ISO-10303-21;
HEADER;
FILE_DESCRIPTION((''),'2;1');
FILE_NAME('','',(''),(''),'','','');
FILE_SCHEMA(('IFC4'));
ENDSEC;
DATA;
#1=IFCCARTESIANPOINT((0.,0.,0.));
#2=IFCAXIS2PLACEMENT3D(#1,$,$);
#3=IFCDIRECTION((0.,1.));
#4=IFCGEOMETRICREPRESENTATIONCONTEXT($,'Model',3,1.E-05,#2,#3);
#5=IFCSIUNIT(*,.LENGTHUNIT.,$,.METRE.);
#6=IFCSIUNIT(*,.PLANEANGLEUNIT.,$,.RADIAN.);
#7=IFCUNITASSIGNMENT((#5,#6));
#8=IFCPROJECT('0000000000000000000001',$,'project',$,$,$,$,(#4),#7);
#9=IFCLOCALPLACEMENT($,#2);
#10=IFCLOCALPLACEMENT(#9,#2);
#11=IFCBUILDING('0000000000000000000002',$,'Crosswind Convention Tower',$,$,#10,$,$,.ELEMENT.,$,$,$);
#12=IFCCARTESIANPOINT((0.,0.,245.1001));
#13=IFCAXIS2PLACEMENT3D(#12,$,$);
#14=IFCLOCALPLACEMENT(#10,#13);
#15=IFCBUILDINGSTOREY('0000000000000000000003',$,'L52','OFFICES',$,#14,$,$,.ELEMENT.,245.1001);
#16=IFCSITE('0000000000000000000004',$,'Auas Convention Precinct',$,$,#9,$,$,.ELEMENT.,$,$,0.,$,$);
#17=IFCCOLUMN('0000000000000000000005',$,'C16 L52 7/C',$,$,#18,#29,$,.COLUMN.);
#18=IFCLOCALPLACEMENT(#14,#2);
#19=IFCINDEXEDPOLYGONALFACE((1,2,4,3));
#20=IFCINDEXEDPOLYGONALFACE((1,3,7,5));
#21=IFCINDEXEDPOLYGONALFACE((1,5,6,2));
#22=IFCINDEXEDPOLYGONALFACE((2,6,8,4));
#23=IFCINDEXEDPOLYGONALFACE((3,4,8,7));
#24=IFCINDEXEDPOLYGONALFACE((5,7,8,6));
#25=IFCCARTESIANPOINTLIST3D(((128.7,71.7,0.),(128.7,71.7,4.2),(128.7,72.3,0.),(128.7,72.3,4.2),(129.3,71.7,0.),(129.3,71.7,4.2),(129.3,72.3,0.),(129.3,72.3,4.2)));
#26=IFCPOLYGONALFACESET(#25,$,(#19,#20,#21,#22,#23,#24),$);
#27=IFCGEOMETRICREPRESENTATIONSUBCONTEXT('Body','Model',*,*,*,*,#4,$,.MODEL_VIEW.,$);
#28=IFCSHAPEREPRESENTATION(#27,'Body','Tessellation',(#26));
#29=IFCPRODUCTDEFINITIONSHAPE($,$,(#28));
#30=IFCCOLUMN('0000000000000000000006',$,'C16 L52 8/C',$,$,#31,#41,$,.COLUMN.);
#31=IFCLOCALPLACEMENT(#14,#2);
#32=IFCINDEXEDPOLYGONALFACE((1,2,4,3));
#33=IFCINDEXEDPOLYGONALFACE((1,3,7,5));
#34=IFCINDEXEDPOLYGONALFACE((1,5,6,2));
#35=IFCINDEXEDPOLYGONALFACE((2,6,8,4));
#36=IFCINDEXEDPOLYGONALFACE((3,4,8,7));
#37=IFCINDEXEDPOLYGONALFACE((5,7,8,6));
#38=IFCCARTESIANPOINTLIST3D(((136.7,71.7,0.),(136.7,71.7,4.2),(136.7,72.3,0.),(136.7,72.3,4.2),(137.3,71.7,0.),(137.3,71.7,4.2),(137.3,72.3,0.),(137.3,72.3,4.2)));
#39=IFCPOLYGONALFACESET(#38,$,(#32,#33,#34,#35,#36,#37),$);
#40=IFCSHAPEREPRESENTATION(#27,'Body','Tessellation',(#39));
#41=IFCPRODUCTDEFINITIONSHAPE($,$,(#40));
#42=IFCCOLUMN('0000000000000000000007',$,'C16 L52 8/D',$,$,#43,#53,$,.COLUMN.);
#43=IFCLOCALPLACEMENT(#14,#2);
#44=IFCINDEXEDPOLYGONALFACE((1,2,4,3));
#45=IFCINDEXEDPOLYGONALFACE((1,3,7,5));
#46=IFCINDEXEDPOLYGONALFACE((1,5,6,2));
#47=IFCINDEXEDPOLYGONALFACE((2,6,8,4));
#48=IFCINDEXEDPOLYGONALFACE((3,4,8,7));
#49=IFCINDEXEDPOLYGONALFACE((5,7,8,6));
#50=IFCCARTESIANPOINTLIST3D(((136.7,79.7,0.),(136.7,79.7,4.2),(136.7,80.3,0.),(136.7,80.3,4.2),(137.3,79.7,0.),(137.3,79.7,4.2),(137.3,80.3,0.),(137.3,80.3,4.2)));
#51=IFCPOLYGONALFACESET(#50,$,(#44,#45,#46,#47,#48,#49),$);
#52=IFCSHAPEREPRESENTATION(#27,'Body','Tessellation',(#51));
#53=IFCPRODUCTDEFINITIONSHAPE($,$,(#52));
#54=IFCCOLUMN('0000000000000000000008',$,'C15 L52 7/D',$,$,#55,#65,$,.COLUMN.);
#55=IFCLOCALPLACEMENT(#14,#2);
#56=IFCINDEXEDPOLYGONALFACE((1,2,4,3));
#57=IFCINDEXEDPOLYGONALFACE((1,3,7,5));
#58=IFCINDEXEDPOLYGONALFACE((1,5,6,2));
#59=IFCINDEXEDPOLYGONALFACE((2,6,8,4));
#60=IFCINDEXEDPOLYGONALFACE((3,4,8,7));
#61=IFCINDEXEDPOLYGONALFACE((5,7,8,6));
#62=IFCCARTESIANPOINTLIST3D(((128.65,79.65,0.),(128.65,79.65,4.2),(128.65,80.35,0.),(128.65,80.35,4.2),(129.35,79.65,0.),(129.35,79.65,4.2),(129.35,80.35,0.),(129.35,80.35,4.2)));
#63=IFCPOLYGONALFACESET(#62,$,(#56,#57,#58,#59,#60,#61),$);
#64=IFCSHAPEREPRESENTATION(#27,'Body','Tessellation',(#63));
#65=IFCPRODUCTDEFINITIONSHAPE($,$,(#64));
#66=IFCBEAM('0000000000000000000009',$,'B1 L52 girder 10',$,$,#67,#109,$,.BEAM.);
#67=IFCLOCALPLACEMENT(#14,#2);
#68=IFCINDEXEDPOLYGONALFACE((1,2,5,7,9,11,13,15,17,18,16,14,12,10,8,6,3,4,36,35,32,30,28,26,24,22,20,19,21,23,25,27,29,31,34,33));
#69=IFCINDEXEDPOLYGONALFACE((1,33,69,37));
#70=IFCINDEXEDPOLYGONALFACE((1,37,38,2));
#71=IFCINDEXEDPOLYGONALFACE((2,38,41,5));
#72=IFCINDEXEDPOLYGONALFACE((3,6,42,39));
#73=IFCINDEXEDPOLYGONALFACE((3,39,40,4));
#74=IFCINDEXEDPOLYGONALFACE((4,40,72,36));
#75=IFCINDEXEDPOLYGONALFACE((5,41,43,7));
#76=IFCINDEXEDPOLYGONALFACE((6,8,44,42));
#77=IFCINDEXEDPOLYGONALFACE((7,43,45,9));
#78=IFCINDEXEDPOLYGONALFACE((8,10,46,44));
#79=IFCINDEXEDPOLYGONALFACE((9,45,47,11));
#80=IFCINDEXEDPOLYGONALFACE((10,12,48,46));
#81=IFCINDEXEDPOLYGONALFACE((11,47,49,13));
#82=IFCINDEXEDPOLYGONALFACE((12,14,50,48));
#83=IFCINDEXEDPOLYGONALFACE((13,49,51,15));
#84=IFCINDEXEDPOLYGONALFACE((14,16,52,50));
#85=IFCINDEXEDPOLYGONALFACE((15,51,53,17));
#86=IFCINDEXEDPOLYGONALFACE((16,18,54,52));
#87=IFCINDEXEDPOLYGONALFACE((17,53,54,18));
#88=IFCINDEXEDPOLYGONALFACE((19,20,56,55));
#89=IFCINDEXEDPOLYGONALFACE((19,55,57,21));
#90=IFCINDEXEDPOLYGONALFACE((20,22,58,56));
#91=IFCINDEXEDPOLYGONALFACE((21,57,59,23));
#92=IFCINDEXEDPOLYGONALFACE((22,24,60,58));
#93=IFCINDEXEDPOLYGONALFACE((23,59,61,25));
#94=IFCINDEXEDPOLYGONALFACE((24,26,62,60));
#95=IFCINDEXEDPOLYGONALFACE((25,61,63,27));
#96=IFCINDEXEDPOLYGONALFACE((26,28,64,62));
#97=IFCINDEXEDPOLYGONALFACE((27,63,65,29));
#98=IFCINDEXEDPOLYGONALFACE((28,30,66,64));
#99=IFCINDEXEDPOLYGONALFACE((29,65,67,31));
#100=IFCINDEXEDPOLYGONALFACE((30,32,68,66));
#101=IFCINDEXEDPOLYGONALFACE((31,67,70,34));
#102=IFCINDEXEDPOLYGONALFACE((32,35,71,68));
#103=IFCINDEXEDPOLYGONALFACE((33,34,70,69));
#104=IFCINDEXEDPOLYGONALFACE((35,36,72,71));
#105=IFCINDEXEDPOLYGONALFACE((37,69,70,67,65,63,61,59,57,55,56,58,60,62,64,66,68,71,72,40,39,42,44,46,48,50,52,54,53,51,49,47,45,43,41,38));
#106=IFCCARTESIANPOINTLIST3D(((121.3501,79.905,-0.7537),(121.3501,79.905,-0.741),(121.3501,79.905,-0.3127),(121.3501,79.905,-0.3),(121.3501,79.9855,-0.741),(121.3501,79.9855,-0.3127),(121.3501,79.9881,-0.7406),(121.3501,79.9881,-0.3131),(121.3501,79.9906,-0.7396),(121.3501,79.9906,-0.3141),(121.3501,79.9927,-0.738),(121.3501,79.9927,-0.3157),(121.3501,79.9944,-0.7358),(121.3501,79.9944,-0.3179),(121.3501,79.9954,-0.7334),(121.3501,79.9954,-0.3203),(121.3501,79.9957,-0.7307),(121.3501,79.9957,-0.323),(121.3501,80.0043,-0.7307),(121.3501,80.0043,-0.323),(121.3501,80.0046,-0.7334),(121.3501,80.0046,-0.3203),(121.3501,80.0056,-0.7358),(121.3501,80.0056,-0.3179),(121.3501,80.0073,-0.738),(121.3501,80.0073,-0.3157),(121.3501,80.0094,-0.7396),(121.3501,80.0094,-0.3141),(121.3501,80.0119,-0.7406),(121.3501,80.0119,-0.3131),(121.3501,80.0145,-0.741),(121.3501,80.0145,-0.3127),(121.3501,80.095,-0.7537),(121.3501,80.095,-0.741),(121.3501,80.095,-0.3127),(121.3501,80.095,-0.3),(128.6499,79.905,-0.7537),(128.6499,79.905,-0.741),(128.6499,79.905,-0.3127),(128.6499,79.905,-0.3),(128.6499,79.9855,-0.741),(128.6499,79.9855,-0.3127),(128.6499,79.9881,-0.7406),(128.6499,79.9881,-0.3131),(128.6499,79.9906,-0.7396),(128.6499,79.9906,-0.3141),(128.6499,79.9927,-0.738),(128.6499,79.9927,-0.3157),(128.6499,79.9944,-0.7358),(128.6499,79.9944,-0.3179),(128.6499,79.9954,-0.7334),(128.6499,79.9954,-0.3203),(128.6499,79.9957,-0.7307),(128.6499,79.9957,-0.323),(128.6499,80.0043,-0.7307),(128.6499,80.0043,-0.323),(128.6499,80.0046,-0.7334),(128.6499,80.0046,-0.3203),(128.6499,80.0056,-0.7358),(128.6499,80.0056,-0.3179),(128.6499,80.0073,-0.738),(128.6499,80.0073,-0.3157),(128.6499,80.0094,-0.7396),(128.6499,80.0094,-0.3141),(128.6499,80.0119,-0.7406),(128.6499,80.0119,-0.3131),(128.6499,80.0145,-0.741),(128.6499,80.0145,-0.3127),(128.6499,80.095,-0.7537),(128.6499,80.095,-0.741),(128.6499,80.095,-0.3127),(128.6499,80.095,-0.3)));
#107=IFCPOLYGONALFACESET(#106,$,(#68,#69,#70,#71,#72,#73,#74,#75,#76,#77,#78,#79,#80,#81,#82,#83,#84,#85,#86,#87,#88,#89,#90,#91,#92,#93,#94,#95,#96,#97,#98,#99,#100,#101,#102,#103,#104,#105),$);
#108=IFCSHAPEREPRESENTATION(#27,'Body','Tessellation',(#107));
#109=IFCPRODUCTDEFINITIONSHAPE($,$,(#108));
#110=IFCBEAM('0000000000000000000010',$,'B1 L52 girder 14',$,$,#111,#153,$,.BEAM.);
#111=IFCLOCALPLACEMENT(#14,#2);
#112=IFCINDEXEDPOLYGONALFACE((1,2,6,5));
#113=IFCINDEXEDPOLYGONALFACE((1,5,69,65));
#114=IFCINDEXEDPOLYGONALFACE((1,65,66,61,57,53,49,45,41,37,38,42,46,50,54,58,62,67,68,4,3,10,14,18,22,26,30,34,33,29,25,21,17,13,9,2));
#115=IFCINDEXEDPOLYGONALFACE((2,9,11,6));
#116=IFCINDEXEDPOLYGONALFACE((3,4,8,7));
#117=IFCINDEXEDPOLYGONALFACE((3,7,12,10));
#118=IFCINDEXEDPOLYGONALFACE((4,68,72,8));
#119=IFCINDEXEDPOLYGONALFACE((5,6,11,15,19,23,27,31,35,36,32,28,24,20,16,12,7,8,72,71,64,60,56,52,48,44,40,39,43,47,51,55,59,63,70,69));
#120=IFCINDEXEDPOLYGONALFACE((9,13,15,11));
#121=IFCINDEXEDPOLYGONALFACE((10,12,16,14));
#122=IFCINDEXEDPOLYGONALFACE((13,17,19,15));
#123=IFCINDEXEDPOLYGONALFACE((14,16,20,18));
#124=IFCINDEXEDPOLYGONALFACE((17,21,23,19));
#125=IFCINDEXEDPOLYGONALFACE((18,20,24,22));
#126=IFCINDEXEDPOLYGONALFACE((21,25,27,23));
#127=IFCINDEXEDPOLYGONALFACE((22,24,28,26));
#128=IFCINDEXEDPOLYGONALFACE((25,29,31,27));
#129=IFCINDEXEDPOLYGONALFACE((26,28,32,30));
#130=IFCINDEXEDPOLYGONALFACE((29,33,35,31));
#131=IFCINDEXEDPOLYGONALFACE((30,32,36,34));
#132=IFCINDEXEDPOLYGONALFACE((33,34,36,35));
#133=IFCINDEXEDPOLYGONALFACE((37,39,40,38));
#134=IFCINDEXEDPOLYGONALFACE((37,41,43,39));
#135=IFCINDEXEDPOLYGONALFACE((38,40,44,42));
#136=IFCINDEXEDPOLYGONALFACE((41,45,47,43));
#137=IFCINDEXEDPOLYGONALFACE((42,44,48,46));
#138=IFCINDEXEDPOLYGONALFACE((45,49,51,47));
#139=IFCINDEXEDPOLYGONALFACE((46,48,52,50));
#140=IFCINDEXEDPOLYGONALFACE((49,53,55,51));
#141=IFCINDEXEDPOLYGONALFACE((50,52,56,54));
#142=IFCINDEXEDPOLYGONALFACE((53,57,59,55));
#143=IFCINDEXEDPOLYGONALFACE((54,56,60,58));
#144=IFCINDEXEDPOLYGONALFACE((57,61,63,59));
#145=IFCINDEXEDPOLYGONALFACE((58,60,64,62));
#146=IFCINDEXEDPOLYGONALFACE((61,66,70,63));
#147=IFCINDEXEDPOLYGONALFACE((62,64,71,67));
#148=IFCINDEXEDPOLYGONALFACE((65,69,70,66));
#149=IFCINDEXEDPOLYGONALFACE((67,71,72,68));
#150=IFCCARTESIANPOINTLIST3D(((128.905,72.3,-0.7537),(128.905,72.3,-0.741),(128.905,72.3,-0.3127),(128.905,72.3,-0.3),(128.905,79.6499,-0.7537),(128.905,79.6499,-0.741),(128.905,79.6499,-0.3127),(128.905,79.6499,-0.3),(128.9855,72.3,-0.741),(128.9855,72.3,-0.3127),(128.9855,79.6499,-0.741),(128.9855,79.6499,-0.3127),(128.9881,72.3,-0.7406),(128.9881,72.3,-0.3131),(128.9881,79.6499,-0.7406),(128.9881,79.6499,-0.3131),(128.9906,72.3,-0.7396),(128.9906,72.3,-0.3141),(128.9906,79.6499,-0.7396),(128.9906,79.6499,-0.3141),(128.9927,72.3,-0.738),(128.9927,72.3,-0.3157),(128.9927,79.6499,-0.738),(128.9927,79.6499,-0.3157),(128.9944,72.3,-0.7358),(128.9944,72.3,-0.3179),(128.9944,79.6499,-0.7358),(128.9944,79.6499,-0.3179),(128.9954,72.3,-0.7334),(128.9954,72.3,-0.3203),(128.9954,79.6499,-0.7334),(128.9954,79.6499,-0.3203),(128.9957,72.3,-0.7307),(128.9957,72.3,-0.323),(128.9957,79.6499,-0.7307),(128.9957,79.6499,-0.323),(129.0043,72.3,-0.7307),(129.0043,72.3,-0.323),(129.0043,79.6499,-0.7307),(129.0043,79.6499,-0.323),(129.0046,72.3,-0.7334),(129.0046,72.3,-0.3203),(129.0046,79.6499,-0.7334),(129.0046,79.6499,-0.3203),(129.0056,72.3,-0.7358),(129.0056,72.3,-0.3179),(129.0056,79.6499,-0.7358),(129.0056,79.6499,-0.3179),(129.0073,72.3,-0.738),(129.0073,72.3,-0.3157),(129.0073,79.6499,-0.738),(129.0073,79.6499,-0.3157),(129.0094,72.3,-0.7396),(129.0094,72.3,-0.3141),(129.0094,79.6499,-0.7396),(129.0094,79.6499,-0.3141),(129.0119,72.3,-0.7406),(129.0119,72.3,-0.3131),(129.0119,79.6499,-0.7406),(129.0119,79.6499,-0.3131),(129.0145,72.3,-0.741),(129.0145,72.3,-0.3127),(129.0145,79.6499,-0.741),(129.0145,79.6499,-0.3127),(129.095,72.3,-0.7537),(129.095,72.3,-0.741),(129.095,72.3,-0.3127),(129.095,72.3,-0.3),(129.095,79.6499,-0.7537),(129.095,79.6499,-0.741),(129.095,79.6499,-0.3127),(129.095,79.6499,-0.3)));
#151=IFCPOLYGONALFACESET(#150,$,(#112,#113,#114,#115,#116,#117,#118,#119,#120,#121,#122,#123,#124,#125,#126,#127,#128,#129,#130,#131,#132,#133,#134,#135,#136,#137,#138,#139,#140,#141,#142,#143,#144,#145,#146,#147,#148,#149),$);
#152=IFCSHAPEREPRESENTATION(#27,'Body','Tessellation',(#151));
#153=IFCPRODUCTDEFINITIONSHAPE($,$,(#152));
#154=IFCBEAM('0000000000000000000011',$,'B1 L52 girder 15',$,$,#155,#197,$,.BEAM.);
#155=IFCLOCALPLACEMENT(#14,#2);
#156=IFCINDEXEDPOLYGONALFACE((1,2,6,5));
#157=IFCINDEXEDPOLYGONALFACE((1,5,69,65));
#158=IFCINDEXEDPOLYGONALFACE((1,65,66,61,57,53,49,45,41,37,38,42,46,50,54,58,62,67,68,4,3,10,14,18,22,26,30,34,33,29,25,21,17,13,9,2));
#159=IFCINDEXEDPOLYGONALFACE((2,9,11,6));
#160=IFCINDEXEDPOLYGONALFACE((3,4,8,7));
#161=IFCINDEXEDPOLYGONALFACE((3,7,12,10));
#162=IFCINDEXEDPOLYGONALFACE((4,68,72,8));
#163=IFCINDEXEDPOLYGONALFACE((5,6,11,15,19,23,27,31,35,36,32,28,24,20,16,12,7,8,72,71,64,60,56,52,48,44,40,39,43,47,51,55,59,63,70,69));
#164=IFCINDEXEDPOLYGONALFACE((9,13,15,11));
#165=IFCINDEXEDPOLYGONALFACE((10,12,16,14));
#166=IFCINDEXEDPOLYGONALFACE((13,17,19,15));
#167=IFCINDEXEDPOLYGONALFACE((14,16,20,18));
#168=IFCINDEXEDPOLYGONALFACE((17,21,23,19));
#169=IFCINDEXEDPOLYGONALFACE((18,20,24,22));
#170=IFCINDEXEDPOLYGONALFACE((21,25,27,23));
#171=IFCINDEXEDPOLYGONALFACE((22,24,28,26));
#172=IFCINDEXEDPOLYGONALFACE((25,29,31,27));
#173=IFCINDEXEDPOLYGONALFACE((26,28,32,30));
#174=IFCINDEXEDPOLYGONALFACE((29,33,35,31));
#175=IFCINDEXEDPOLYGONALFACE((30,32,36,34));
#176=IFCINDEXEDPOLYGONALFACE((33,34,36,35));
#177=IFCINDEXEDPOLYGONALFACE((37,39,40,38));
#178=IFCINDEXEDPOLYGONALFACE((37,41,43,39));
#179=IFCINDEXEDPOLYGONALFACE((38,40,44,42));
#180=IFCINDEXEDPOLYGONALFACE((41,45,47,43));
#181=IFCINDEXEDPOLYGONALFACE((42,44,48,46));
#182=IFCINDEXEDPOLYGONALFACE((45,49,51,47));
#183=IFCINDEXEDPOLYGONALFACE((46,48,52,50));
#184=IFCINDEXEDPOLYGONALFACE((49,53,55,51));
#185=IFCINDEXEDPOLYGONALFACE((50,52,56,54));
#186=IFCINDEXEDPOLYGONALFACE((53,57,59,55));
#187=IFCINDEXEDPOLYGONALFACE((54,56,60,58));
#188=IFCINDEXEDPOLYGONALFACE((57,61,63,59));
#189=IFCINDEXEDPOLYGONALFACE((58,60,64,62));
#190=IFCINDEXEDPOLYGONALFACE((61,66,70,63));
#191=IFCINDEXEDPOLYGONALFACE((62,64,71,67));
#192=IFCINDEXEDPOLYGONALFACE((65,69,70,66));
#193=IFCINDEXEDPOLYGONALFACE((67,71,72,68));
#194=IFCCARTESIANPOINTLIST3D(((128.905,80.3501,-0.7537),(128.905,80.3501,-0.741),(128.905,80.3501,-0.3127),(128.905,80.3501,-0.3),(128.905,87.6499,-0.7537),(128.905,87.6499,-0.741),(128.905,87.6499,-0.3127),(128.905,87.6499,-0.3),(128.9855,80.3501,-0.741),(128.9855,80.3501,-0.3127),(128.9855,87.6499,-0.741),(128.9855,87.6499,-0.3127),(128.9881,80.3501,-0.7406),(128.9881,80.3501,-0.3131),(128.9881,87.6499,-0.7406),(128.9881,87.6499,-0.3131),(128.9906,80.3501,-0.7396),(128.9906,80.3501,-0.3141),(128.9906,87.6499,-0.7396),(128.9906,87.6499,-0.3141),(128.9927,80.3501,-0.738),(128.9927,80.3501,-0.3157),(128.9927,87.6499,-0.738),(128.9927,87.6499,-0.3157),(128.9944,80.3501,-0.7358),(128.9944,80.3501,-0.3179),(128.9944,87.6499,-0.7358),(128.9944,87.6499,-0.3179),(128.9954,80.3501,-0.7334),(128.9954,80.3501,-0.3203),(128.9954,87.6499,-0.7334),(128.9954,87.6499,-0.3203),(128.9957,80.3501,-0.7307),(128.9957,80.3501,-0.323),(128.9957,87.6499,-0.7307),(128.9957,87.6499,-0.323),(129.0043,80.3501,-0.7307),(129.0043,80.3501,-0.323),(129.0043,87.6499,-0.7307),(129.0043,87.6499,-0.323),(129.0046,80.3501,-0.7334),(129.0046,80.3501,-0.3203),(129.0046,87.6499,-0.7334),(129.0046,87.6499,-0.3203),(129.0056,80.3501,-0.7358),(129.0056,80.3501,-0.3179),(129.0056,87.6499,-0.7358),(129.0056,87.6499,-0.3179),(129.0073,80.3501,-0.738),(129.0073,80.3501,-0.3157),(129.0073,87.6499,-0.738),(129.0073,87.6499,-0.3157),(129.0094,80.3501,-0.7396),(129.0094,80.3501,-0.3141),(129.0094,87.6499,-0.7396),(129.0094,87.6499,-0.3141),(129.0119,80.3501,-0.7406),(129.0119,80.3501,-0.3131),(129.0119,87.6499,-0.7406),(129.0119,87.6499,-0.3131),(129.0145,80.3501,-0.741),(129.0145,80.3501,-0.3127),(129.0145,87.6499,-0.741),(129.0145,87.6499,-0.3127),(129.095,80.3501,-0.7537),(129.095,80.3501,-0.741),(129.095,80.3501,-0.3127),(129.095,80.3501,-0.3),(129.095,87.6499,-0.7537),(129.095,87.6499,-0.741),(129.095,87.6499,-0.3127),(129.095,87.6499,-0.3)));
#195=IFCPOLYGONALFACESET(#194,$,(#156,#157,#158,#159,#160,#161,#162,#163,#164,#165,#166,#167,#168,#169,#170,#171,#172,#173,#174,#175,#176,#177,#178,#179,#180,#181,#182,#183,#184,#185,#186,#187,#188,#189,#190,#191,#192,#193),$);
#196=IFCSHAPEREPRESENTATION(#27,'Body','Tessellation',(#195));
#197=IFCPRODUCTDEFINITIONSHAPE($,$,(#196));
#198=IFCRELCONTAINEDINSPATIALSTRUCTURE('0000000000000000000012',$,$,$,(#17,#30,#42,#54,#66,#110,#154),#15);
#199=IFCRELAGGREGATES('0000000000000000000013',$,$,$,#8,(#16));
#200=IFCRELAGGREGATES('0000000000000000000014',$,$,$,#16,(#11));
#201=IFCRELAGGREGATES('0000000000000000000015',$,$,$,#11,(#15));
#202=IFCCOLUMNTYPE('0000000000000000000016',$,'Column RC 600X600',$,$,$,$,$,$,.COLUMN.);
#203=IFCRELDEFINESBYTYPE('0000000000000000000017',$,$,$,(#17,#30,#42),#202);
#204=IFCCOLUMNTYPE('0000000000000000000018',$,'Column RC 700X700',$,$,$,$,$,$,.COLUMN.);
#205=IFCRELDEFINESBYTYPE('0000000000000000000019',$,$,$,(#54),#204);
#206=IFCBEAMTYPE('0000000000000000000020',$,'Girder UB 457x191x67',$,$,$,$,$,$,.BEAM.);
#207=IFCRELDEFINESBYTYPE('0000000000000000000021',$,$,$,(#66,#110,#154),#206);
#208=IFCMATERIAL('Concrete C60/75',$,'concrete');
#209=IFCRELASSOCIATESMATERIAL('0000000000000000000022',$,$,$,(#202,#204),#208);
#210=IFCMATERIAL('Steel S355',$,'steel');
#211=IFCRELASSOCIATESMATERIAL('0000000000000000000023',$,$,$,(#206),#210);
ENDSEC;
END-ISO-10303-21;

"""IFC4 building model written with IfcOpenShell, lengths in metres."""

from ifc_helpers import new_model, si_unit, direction, frame, origin, origin_2d, place, context, subcontext, project, spatial, rectangle, i_section, extrude, material, material_profile, profile_set, type_object, element, save


model = new_model("IFC4")

# Units and contexts
model_context = context("Model", 3, precision=1e-05, world=origin(), true_north=direction((0.0, 1.0)))
body_context = subcontext(model_context, "Body", "Model", "MODEL_VIEW")
ifc_project = project(units=[si_unit("LENGTHUNIT", "METRE"), si_unit("PLANEANGLEUNIT", "RADIAN")], contexts=[model_context])

# Site, building, storey
site_placement = place(None, origin())
site = spatial("IfcSite", under=ifc_project, at=site_placement, Name="Auas Convention Precinct", CompositionType="ELEMENT", RefElevation=0.0)
building_placement = place(site_placement, origin())
building = spatial("IfcBuilding", under=site, at=building_placement, Name="Crosswind Convention Tower", CompositionType="ELEMENT")
storey_placement = place(building_placement, frame((0.0, 0.0, 245.1001)))
storey = spatial("IfcBuildingStorey", under=building, at=storey_placement, Name="L52", Description="OFFICES", CompositionType="ELEMENT", Elevation=245.1001)

# Columns
ifc_material_1 = material(Name="Concrete C60/75", Category="concrete")
ifc_material_profile_1 = material_profile(ifc_material_1, rectangle(XDim=0.6001, YDim=0.6001, at=origin_2d()), Name="RC 600X600")
ifc_profile_set_1 = profile_set([ifc_material_profile_1], Name="Concrete C60/75")
column_type_1 = type_object("IfcColumnType", Name="Column RC 600X600", PredefinedType="COLUMN", material=ifc_profile_set_1)
for number, where, z_axis, x_axis, name in (
    (1, (129.0, 72.0, 0.0), (0.0, 0.0, 1.0), (1.0, 0.0, 0.0), "C16 L52 7/C"),
    (2, (137.0, 72.0, 0.0), (0.0, 0.0, 1.0), (1.0, 0.0, 0.0), "C16 L52 8/C"),
    (3, (137.0, 80.0, 0.0), (0.0, 0.0, 1.0), (1.0, 0.0, 0.0), "C16 L52 8/D"),
):
    element("IfcColumn", number, at=place(storey_placement, frame(where, z_axis=z_axis, x_axis=x_axis)), inside=storey, type_object=column_type_1, Name=name, PredefinedType="COLUMN", context=body_context, shape_type="SweptSolid", body=[
        extrude(rectangle(XDim=0.6001, YDim=0.6001, at=origin_2d()), origin(), (0.0, 0.0, 1.0), 4.2),
    ])
ifc_material_profile_2 = material_profile(ifc_material_1, rectangle(XDim=0.7, YDim=0.7, at=origin_2d()), Name="RC 700X700")
ifc_profile_set_2 = profile_set([ifc_material_profile_2], Name="Concrete C60/75")
column_type_2 = type_object("IfcColumnType", Name="Column RC 700X700", PredefinedType="COLUMN", material=ifc_profile_set_2)
column_placement = place(storey_placement, frame((129.0, 80.0, 0.0), z_axis=(0.0, 0.0, 1.0), x_axis=(1.0, 0.0, 0.0)))
element("IfcColumn", 4, at=column_placement, inside=storey, type_object=column_type_2, Name="C15 L52 7/D", PredefinedType="COLUMN", context=body_context, shape_type="SweptSolid", body=[
    extrude(rectangle(XDim=0.7, YDim=0.7, at=origin_2d()), origin(), (0.0, 0.0, 1.0), 4.2),
])

# Beams
ifc_material_2 = material(Name="Steel S355", Category="steel")
ifc_material_profile_3 = material_profile(ifc_material_2, i_section(OverallWidth=0.1899, OverallDepth=0.4536, WebThickness=0.0085, FlangeThickness=0.0127, FilletRadius=0.0103, at=origin_2d()), Name="UB 457x191x67")
ifc_profile_set_3 = profile_set([ifc_material_profile_3], Name="Steel S355")
beam_type_1 = type_object("IfcBeamType", Name="Girder UB 457x191x67", PredefinedType="BEAM", material=ifc_profile_set_3)
beam_1_placement = place(storey_placement, frame((121.3501, 80.0, -0.5269), z_axis=(1.0, 0.0, 0.0), x_axis=(0.0, 1.0, 0.0)))
element("IfcBeam", 5, at=beam_1_placement, inside=storey, type_object=beam_type_1, Name="B1 L52 girder 10", PredefinedType="BEAM", context=body_context, shape_type="SweptSolid", body=[
    extrude(i_section(OverallWidth=0.1899, OverallDepth=0.4536, WebThickness=0.0085, FlangeThickness=0.0127, FilletRadius=0.0103, at=origin_2d()), origin(), (0.0, 0.0, 1.0), 7.2998),
])
beam_2_placement = place(storey_placement, frame((129.0, 72.3, -0.5269), z_axis=(0.0, 1.0, 0.0), x_axis=(-1.0, 0.0, 0.0)))
element("IfcBeam", 6, at=beam_2_placement, inside=storey, type_object=beam_type_1, Name="B1 L52 girder 14", PredefinedType="BEAM", context=body_context, shape_type="SweptSolid", body=[
    extrude(i_section(OverallWidth=0.1899, OverallDepth=0.4536, WebThickness=0.0085, FlangeThickness=0.0127, FilletRadius=0.0103, at=origin_2d()), origin(), (0.0, 0.0, 1.0), 7.3499),
])
beam_3_placement = place(storey_placement, frame((129.0, 80.3501, -0.5269), z_axis=(0.0, 1.0, 0.0), x_axis=(-1.0, 0.0, 0.0)))
element("IfcBeam", 7, at=beam_3_placement, inside=storey, type_object=beam_type_1, Name="B1 L52 girder 15", PredefinedType="BEAM", context=body_context, shape_type="SweptSolid", body=[
    extrude(i_section(OverallWidth=0.1899, OverallDepth=0.4536, WebThickness=0.0085, FlangeThickness=0.0127, FilletRadius=0.0103, at=origin_2d()), origin(), (0.0, 0.0, 1.0), 7.2998),
])

save(model, "model.ifc")
